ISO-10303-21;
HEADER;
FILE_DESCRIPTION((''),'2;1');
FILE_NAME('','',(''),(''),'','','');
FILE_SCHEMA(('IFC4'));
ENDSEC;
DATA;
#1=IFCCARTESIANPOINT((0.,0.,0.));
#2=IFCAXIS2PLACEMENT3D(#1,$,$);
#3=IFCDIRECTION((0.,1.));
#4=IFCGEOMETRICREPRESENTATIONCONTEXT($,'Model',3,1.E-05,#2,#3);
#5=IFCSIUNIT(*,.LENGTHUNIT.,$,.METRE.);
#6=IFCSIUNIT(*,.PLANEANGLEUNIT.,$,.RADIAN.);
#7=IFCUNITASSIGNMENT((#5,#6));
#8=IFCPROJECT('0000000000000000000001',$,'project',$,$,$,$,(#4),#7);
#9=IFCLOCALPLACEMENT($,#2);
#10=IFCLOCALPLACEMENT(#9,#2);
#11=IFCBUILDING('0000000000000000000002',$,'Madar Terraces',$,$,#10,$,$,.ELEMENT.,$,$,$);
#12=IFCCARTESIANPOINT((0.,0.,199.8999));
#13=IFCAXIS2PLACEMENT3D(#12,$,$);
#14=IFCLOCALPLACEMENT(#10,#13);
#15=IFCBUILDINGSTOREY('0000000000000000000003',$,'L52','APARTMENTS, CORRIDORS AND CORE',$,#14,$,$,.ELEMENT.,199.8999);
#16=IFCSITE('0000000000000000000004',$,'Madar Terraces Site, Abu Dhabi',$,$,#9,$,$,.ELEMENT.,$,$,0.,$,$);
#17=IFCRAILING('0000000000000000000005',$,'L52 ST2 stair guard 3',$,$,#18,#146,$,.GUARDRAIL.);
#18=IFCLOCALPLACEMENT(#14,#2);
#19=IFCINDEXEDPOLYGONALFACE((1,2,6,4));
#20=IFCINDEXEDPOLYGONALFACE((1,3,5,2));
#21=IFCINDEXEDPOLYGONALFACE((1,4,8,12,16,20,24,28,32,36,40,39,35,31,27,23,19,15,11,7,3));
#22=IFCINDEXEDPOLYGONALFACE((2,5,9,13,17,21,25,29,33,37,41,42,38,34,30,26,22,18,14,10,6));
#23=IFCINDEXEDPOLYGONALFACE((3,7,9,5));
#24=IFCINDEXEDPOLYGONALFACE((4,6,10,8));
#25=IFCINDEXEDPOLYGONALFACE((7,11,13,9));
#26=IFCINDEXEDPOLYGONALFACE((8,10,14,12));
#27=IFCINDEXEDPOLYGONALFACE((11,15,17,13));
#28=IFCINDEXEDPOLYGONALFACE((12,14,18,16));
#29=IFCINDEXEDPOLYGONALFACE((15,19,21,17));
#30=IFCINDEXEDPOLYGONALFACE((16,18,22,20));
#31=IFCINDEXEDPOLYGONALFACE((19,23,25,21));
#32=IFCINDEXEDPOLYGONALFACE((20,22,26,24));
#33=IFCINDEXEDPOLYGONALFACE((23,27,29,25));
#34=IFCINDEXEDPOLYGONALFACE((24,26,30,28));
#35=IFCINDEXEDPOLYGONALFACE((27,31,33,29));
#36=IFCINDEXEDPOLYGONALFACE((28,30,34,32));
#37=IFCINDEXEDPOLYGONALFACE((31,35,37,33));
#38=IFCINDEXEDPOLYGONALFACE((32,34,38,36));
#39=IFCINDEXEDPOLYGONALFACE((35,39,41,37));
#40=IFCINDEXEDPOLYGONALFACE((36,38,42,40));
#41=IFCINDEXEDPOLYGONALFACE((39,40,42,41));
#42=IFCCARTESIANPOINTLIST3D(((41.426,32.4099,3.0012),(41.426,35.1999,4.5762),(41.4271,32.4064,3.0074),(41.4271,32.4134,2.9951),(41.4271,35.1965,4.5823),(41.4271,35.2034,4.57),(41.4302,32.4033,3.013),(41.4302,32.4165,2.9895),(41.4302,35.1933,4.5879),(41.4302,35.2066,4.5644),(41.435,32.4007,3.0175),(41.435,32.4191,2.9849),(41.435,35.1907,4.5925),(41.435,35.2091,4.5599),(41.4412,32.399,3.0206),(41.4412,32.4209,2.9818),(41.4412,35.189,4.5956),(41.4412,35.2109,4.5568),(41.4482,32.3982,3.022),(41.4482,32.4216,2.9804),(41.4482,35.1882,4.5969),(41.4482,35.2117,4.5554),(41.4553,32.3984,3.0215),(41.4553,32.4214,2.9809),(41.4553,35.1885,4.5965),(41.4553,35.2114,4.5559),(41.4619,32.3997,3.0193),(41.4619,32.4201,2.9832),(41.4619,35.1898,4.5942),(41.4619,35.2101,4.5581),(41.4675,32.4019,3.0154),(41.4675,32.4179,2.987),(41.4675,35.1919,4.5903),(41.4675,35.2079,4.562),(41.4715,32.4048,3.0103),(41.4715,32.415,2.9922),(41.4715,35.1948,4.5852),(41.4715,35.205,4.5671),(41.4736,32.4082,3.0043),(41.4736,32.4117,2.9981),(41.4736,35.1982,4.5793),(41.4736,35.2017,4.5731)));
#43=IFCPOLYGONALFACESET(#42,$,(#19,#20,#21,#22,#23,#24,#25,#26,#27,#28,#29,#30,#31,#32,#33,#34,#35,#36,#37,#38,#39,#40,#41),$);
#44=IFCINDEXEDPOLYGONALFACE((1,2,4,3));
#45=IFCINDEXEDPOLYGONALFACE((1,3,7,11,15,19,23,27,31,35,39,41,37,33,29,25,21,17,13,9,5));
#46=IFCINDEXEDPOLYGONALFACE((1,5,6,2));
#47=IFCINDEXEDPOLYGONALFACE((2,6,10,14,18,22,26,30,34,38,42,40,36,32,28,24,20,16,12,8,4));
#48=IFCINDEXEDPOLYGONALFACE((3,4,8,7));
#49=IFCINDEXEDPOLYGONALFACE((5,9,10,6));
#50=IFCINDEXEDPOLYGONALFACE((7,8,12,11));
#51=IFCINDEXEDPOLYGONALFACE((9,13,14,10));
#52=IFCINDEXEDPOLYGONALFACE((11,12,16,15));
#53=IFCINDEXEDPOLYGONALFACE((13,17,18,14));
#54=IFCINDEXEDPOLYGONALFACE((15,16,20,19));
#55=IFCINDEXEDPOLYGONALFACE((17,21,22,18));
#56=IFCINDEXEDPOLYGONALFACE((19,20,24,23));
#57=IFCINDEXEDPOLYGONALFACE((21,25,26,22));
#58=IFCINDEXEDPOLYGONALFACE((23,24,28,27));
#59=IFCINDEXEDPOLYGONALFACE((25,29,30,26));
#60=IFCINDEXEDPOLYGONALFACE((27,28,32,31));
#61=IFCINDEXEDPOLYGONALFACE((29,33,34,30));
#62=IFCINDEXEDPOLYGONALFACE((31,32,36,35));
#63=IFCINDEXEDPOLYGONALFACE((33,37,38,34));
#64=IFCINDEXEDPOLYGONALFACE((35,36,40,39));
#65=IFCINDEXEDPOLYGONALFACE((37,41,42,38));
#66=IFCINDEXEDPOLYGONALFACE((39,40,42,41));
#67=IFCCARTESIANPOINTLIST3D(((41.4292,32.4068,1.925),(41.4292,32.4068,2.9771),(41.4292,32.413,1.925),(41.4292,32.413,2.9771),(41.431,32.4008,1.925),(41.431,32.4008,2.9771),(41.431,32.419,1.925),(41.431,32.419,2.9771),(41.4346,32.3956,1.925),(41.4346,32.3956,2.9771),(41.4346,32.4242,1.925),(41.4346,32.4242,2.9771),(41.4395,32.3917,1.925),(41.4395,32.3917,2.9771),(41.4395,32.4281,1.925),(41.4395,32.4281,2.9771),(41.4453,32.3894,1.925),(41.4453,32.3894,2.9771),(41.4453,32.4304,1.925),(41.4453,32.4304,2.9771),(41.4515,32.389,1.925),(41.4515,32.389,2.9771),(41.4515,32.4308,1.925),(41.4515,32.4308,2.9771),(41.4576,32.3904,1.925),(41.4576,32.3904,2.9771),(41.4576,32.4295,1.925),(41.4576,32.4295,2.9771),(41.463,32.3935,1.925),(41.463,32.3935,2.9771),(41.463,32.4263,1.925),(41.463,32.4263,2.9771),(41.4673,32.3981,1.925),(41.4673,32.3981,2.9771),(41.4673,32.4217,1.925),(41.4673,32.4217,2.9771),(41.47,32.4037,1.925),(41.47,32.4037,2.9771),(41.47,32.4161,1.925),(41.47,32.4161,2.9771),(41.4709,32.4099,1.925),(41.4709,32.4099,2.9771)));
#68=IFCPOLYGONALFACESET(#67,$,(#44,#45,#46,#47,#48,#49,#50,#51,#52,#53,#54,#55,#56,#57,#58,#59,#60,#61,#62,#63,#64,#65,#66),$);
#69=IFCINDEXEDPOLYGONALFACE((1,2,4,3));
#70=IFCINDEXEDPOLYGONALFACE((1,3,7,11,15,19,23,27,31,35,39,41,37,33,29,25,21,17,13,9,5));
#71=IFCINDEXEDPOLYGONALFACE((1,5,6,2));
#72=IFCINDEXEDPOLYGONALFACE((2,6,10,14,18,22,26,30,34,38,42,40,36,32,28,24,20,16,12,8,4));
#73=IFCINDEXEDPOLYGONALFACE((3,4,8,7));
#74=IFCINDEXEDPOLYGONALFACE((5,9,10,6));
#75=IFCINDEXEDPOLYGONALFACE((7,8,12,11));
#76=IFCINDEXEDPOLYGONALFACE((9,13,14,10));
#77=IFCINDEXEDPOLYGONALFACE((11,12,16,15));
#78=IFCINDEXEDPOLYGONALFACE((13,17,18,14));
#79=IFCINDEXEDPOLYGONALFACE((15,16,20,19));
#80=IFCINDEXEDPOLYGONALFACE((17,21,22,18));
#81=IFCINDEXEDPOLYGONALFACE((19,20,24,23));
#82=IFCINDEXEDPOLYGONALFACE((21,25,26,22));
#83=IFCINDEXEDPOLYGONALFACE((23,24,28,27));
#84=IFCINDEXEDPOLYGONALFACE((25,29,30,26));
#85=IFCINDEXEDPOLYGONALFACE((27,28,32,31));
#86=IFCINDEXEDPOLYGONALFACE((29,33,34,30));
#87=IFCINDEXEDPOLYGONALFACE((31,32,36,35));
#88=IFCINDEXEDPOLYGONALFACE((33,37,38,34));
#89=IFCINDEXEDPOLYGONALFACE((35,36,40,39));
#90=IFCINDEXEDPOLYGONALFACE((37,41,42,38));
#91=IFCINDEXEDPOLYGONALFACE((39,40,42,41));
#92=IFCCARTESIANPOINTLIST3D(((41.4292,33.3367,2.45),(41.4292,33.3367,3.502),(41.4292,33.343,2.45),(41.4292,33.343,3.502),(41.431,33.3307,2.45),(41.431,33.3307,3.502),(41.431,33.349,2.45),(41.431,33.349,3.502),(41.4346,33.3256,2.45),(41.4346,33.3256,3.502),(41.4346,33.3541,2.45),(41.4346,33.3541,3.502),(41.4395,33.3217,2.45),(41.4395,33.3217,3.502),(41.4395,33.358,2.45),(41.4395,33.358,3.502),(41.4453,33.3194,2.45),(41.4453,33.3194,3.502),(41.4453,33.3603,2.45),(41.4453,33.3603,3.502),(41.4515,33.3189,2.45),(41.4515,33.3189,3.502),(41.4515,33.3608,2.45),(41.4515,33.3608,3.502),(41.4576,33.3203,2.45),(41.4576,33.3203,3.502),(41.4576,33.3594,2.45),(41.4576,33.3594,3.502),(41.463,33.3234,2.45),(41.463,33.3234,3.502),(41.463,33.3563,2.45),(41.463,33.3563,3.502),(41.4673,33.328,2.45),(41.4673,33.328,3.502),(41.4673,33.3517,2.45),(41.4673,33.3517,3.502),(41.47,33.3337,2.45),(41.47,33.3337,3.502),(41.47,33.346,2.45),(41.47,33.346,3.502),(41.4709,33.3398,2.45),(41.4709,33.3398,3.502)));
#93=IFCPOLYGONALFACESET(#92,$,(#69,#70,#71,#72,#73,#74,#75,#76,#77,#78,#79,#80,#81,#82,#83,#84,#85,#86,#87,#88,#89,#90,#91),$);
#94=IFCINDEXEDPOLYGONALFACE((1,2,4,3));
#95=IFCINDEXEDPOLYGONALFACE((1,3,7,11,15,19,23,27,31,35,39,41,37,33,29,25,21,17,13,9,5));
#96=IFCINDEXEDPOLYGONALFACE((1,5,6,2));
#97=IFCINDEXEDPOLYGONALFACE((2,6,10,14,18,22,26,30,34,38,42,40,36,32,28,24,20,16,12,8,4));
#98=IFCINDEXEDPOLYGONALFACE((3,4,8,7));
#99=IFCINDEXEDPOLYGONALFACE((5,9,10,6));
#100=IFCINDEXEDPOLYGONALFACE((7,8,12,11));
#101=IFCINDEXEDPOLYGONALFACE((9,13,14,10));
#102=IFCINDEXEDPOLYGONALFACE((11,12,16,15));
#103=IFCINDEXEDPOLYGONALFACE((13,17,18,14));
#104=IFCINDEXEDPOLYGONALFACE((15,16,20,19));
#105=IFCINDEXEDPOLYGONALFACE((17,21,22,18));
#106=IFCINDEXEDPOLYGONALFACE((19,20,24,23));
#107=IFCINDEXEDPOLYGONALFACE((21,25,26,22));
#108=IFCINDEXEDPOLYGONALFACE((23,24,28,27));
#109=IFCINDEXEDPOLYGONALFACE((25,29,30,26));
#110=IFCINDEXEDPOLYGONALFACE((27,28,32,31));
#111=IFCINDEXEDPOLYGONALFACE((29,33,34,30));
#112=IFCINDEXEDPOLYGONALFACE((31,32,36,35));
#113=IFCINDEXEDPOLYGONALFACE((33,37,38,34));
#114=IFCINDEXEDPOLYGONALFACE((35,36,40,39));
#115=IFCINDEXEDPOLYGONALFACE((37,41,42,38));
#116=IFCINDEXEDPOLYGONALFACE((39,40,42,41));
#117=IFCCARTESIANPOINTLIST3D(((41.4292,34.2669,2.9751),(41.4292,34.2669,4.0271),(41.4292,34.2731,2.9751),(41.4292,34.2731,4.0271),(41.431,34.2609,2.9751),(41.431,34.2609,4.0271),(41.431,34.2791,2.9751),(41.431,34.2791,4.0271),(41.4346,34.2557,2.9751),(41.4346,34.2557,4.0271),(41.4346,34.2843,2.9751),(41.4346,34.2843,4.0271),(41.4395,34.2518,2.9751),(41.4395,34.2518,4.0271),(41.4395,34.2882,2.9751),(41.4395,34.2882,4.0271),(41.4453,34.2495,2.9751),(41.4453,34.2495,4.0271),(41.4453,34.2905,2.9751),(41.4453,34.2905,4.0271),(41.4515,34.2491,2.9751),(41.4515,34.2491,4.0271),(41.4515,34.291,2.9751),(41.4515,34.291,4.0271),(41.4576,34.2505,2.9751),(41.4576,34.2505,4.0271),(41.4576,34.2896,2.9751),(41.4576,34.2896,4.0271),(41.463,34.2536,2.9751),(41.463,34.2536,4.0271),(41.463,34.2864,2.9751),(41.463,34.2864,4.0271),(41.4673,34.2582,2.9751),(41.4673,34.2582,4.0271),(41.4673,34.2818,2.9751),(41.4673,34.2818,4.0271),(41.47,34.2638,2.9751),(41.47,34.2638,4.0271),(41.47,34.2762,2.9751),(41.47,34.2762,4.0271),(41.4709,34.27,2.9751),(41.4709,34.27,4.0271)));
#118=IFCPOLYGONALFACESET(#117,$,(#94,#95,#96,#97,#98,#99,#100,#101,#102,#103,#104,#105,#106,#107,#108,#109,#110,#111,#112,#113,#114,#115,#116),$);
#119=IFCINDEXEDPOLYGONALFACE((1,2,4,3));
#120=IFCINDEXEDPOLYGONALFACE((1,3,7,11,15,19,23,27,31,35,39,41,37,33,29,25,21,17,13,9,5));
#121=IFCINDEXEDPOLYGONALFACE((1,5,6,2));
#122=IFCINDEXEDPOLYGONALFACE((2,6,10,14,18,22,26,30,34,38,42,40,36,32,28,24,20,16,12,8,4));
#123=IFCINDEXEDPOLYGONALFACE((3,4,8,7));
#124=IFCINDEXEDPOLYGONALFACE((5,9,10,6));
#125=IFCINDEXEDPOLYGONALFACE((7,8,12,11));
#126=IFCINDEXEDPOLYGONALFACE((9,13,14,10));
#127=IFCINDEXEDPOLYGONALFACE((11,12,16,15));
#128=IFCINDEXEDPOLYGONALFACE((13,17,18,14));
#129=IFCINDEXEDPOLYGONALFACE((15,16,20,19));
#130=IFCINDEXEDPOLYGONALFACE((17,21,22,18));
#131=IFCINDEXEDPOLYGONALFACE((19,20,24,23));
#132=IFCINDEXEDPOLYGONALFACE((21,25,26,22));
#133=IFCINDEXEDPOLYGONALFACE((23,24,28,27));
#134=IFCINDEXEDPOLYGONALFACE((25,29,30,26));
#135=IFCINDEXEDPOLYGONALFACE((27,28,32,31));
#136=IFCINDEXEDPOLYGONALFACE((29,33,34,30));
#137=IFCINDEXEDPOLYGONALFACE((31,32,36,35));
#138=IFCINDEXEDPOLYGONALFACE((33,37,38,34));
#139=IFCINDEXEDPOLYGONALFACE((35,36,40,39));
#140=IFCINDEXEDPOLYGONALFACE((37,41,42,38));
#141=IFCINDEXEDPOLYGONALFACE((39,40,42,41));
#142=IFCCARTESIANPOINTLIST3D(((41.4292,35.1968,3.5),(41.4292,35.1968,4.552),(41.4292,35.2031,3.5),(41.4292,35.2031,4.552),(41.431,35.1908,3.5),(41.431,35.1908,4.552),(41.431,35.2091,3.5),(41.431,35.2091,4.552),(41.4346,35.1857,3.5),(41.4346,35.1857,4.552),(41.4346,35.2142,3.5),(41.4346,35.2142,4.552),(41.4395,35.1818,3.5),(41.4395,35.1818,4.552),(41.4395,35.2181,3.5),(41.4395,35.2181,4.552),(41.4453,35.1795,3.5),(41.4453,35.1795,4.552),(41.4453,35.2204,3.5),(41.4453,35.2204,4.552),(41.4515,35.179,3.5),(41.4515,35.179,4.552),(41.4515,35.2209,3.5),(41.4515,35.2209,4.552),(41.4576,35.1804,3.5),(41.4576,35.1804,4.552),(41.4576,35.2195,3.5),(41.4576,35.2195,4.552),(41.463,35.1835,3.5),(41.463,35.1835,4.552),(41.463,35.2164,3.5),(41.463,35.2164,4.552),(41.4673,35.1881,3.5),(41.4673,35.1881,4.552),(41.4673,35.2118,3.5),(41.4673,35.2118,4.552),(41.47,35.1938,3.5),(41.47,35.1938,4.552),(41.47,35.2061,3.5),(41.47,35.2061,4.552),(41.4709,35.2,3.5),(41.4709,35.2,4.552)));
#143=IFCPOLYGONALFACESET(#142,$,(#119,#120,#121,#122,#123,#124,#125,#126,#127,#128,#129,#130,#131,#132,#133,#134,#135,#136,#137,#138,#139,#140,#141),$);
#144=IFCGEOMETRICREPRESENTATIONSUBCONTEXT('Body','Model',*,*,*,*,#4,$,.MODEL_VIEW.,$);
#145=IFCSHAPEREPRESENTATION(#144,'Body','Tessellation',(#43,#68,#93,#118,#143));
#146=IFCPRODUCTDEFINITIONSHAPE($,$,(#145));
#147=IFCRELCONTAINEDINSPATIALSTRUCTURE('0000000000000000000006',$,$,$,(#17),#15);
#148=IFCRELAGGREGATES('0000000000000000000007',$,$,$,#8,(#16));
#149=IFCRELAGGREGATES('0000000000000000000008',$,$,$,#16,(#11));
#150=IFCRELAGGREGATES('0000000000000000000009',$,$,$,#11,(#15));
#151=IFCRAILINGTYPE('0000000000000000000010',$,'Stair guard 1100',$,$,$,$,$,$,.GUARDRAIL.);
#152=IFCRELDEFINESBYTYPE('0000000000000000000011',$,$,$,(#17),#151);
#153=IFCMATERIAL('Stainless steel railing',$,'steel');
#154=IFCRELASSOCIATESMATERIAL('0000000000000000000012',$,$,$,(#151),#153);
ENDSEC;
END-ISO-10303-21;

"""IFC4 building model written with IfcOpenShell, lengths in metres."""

from ifc_helpers import new_model, si_unit, direction, frame, origin, origin_2d, place, context, subcontext, project, spatial, circle, extrude, material, type_object, element, save


model = new_model("IFC4")

# Units and contexts
model_context = context("Model", 3, precision=1e-05, world=origin(), true_north=direction((0.0, 1.0)))
body_context = subcontext(model_context, "Body", "Model", "MODEL_VIEW")
ifc_project = project(units=[si_unit("LENGTHUNIT", "METRE"), si_unit("PLANEANGLEUNIT", "RADIAN")], contexts=[model_context])

# Site, building, storey
site_placement = place(None, origin())
site = spatial("IfcSite", under=ifc_project, at=site_placement, Name="Madar Terraces Site, Abu Dhabi", CompositionType="ELEMENT", RefElevation=0.0)
building_placement = place(site_placement, origin())
building = spatial("IfcBuilding", under=site, at=building_placement, Name="Madar Terraces", CompositionType="ELEMENT")
storey_placement = place(building_placement, frame((0.0, 0.0, 199.8999)))
storey = spatial("IfcBuildingStorey", under=building, at=storey_placement, Name="L52", Description="APARTMENTS, CORRIDORS AND CORE", CompositionType="ELEMENT", Elevation=199.8999)

# Railing
ifc_material_1 = material(Name="Stainless steel railing", Category="steel")
railing_type_1 = type_object("IfcRailingType", Name="Stair guard 1100", PredefinedType="GUARDRAIL", material=ifc_material_1)
railing_1_placement = place(storey_placement, frame((41.45, 32.4099, 1.925)))
element("IfcRailing", 1, at=railing_1_placement, inside=storey, type_object=railing_type_1, Name="L52 ST2 stair guard 3", PredefinedType="GUARDRAIL", context=body_context, shape_type="SweptSolid", body=[
    extrude(circle(Radius=0.0239, at=origin_2d()), frame((0.0, 0.0, 1.0762), z_axis=(0.0, 0.870834, 0.491578), x_axis=(-1.0, 0.0, 0.0)), (0.0, 0.0, 1.0), 3.2039),
    extrude(circle(Radius=0.021, at=origin_2d()), origin(), (0.0, 0.0, 1.0), 1.052),
    extrude(circle(Radius=0.021, at=origin_2d()), frame((0.0, 0.9299, 0.5249)), (0.0, 0.0, 1.0), 1.052),
    extrude(circle(Radius=0.021, at=origin_2d()), frame((0.0, 1.8601, 1.05)), (0.0, 0.0, 1.0), 1.052),
    extrude(circle(Radius=0.021, at=origin_2d()), frame((0.0, 2.79, 1.575)), (0.0, 0.0, 1.0), 1.052),
])

save(model, "model.ifc")
